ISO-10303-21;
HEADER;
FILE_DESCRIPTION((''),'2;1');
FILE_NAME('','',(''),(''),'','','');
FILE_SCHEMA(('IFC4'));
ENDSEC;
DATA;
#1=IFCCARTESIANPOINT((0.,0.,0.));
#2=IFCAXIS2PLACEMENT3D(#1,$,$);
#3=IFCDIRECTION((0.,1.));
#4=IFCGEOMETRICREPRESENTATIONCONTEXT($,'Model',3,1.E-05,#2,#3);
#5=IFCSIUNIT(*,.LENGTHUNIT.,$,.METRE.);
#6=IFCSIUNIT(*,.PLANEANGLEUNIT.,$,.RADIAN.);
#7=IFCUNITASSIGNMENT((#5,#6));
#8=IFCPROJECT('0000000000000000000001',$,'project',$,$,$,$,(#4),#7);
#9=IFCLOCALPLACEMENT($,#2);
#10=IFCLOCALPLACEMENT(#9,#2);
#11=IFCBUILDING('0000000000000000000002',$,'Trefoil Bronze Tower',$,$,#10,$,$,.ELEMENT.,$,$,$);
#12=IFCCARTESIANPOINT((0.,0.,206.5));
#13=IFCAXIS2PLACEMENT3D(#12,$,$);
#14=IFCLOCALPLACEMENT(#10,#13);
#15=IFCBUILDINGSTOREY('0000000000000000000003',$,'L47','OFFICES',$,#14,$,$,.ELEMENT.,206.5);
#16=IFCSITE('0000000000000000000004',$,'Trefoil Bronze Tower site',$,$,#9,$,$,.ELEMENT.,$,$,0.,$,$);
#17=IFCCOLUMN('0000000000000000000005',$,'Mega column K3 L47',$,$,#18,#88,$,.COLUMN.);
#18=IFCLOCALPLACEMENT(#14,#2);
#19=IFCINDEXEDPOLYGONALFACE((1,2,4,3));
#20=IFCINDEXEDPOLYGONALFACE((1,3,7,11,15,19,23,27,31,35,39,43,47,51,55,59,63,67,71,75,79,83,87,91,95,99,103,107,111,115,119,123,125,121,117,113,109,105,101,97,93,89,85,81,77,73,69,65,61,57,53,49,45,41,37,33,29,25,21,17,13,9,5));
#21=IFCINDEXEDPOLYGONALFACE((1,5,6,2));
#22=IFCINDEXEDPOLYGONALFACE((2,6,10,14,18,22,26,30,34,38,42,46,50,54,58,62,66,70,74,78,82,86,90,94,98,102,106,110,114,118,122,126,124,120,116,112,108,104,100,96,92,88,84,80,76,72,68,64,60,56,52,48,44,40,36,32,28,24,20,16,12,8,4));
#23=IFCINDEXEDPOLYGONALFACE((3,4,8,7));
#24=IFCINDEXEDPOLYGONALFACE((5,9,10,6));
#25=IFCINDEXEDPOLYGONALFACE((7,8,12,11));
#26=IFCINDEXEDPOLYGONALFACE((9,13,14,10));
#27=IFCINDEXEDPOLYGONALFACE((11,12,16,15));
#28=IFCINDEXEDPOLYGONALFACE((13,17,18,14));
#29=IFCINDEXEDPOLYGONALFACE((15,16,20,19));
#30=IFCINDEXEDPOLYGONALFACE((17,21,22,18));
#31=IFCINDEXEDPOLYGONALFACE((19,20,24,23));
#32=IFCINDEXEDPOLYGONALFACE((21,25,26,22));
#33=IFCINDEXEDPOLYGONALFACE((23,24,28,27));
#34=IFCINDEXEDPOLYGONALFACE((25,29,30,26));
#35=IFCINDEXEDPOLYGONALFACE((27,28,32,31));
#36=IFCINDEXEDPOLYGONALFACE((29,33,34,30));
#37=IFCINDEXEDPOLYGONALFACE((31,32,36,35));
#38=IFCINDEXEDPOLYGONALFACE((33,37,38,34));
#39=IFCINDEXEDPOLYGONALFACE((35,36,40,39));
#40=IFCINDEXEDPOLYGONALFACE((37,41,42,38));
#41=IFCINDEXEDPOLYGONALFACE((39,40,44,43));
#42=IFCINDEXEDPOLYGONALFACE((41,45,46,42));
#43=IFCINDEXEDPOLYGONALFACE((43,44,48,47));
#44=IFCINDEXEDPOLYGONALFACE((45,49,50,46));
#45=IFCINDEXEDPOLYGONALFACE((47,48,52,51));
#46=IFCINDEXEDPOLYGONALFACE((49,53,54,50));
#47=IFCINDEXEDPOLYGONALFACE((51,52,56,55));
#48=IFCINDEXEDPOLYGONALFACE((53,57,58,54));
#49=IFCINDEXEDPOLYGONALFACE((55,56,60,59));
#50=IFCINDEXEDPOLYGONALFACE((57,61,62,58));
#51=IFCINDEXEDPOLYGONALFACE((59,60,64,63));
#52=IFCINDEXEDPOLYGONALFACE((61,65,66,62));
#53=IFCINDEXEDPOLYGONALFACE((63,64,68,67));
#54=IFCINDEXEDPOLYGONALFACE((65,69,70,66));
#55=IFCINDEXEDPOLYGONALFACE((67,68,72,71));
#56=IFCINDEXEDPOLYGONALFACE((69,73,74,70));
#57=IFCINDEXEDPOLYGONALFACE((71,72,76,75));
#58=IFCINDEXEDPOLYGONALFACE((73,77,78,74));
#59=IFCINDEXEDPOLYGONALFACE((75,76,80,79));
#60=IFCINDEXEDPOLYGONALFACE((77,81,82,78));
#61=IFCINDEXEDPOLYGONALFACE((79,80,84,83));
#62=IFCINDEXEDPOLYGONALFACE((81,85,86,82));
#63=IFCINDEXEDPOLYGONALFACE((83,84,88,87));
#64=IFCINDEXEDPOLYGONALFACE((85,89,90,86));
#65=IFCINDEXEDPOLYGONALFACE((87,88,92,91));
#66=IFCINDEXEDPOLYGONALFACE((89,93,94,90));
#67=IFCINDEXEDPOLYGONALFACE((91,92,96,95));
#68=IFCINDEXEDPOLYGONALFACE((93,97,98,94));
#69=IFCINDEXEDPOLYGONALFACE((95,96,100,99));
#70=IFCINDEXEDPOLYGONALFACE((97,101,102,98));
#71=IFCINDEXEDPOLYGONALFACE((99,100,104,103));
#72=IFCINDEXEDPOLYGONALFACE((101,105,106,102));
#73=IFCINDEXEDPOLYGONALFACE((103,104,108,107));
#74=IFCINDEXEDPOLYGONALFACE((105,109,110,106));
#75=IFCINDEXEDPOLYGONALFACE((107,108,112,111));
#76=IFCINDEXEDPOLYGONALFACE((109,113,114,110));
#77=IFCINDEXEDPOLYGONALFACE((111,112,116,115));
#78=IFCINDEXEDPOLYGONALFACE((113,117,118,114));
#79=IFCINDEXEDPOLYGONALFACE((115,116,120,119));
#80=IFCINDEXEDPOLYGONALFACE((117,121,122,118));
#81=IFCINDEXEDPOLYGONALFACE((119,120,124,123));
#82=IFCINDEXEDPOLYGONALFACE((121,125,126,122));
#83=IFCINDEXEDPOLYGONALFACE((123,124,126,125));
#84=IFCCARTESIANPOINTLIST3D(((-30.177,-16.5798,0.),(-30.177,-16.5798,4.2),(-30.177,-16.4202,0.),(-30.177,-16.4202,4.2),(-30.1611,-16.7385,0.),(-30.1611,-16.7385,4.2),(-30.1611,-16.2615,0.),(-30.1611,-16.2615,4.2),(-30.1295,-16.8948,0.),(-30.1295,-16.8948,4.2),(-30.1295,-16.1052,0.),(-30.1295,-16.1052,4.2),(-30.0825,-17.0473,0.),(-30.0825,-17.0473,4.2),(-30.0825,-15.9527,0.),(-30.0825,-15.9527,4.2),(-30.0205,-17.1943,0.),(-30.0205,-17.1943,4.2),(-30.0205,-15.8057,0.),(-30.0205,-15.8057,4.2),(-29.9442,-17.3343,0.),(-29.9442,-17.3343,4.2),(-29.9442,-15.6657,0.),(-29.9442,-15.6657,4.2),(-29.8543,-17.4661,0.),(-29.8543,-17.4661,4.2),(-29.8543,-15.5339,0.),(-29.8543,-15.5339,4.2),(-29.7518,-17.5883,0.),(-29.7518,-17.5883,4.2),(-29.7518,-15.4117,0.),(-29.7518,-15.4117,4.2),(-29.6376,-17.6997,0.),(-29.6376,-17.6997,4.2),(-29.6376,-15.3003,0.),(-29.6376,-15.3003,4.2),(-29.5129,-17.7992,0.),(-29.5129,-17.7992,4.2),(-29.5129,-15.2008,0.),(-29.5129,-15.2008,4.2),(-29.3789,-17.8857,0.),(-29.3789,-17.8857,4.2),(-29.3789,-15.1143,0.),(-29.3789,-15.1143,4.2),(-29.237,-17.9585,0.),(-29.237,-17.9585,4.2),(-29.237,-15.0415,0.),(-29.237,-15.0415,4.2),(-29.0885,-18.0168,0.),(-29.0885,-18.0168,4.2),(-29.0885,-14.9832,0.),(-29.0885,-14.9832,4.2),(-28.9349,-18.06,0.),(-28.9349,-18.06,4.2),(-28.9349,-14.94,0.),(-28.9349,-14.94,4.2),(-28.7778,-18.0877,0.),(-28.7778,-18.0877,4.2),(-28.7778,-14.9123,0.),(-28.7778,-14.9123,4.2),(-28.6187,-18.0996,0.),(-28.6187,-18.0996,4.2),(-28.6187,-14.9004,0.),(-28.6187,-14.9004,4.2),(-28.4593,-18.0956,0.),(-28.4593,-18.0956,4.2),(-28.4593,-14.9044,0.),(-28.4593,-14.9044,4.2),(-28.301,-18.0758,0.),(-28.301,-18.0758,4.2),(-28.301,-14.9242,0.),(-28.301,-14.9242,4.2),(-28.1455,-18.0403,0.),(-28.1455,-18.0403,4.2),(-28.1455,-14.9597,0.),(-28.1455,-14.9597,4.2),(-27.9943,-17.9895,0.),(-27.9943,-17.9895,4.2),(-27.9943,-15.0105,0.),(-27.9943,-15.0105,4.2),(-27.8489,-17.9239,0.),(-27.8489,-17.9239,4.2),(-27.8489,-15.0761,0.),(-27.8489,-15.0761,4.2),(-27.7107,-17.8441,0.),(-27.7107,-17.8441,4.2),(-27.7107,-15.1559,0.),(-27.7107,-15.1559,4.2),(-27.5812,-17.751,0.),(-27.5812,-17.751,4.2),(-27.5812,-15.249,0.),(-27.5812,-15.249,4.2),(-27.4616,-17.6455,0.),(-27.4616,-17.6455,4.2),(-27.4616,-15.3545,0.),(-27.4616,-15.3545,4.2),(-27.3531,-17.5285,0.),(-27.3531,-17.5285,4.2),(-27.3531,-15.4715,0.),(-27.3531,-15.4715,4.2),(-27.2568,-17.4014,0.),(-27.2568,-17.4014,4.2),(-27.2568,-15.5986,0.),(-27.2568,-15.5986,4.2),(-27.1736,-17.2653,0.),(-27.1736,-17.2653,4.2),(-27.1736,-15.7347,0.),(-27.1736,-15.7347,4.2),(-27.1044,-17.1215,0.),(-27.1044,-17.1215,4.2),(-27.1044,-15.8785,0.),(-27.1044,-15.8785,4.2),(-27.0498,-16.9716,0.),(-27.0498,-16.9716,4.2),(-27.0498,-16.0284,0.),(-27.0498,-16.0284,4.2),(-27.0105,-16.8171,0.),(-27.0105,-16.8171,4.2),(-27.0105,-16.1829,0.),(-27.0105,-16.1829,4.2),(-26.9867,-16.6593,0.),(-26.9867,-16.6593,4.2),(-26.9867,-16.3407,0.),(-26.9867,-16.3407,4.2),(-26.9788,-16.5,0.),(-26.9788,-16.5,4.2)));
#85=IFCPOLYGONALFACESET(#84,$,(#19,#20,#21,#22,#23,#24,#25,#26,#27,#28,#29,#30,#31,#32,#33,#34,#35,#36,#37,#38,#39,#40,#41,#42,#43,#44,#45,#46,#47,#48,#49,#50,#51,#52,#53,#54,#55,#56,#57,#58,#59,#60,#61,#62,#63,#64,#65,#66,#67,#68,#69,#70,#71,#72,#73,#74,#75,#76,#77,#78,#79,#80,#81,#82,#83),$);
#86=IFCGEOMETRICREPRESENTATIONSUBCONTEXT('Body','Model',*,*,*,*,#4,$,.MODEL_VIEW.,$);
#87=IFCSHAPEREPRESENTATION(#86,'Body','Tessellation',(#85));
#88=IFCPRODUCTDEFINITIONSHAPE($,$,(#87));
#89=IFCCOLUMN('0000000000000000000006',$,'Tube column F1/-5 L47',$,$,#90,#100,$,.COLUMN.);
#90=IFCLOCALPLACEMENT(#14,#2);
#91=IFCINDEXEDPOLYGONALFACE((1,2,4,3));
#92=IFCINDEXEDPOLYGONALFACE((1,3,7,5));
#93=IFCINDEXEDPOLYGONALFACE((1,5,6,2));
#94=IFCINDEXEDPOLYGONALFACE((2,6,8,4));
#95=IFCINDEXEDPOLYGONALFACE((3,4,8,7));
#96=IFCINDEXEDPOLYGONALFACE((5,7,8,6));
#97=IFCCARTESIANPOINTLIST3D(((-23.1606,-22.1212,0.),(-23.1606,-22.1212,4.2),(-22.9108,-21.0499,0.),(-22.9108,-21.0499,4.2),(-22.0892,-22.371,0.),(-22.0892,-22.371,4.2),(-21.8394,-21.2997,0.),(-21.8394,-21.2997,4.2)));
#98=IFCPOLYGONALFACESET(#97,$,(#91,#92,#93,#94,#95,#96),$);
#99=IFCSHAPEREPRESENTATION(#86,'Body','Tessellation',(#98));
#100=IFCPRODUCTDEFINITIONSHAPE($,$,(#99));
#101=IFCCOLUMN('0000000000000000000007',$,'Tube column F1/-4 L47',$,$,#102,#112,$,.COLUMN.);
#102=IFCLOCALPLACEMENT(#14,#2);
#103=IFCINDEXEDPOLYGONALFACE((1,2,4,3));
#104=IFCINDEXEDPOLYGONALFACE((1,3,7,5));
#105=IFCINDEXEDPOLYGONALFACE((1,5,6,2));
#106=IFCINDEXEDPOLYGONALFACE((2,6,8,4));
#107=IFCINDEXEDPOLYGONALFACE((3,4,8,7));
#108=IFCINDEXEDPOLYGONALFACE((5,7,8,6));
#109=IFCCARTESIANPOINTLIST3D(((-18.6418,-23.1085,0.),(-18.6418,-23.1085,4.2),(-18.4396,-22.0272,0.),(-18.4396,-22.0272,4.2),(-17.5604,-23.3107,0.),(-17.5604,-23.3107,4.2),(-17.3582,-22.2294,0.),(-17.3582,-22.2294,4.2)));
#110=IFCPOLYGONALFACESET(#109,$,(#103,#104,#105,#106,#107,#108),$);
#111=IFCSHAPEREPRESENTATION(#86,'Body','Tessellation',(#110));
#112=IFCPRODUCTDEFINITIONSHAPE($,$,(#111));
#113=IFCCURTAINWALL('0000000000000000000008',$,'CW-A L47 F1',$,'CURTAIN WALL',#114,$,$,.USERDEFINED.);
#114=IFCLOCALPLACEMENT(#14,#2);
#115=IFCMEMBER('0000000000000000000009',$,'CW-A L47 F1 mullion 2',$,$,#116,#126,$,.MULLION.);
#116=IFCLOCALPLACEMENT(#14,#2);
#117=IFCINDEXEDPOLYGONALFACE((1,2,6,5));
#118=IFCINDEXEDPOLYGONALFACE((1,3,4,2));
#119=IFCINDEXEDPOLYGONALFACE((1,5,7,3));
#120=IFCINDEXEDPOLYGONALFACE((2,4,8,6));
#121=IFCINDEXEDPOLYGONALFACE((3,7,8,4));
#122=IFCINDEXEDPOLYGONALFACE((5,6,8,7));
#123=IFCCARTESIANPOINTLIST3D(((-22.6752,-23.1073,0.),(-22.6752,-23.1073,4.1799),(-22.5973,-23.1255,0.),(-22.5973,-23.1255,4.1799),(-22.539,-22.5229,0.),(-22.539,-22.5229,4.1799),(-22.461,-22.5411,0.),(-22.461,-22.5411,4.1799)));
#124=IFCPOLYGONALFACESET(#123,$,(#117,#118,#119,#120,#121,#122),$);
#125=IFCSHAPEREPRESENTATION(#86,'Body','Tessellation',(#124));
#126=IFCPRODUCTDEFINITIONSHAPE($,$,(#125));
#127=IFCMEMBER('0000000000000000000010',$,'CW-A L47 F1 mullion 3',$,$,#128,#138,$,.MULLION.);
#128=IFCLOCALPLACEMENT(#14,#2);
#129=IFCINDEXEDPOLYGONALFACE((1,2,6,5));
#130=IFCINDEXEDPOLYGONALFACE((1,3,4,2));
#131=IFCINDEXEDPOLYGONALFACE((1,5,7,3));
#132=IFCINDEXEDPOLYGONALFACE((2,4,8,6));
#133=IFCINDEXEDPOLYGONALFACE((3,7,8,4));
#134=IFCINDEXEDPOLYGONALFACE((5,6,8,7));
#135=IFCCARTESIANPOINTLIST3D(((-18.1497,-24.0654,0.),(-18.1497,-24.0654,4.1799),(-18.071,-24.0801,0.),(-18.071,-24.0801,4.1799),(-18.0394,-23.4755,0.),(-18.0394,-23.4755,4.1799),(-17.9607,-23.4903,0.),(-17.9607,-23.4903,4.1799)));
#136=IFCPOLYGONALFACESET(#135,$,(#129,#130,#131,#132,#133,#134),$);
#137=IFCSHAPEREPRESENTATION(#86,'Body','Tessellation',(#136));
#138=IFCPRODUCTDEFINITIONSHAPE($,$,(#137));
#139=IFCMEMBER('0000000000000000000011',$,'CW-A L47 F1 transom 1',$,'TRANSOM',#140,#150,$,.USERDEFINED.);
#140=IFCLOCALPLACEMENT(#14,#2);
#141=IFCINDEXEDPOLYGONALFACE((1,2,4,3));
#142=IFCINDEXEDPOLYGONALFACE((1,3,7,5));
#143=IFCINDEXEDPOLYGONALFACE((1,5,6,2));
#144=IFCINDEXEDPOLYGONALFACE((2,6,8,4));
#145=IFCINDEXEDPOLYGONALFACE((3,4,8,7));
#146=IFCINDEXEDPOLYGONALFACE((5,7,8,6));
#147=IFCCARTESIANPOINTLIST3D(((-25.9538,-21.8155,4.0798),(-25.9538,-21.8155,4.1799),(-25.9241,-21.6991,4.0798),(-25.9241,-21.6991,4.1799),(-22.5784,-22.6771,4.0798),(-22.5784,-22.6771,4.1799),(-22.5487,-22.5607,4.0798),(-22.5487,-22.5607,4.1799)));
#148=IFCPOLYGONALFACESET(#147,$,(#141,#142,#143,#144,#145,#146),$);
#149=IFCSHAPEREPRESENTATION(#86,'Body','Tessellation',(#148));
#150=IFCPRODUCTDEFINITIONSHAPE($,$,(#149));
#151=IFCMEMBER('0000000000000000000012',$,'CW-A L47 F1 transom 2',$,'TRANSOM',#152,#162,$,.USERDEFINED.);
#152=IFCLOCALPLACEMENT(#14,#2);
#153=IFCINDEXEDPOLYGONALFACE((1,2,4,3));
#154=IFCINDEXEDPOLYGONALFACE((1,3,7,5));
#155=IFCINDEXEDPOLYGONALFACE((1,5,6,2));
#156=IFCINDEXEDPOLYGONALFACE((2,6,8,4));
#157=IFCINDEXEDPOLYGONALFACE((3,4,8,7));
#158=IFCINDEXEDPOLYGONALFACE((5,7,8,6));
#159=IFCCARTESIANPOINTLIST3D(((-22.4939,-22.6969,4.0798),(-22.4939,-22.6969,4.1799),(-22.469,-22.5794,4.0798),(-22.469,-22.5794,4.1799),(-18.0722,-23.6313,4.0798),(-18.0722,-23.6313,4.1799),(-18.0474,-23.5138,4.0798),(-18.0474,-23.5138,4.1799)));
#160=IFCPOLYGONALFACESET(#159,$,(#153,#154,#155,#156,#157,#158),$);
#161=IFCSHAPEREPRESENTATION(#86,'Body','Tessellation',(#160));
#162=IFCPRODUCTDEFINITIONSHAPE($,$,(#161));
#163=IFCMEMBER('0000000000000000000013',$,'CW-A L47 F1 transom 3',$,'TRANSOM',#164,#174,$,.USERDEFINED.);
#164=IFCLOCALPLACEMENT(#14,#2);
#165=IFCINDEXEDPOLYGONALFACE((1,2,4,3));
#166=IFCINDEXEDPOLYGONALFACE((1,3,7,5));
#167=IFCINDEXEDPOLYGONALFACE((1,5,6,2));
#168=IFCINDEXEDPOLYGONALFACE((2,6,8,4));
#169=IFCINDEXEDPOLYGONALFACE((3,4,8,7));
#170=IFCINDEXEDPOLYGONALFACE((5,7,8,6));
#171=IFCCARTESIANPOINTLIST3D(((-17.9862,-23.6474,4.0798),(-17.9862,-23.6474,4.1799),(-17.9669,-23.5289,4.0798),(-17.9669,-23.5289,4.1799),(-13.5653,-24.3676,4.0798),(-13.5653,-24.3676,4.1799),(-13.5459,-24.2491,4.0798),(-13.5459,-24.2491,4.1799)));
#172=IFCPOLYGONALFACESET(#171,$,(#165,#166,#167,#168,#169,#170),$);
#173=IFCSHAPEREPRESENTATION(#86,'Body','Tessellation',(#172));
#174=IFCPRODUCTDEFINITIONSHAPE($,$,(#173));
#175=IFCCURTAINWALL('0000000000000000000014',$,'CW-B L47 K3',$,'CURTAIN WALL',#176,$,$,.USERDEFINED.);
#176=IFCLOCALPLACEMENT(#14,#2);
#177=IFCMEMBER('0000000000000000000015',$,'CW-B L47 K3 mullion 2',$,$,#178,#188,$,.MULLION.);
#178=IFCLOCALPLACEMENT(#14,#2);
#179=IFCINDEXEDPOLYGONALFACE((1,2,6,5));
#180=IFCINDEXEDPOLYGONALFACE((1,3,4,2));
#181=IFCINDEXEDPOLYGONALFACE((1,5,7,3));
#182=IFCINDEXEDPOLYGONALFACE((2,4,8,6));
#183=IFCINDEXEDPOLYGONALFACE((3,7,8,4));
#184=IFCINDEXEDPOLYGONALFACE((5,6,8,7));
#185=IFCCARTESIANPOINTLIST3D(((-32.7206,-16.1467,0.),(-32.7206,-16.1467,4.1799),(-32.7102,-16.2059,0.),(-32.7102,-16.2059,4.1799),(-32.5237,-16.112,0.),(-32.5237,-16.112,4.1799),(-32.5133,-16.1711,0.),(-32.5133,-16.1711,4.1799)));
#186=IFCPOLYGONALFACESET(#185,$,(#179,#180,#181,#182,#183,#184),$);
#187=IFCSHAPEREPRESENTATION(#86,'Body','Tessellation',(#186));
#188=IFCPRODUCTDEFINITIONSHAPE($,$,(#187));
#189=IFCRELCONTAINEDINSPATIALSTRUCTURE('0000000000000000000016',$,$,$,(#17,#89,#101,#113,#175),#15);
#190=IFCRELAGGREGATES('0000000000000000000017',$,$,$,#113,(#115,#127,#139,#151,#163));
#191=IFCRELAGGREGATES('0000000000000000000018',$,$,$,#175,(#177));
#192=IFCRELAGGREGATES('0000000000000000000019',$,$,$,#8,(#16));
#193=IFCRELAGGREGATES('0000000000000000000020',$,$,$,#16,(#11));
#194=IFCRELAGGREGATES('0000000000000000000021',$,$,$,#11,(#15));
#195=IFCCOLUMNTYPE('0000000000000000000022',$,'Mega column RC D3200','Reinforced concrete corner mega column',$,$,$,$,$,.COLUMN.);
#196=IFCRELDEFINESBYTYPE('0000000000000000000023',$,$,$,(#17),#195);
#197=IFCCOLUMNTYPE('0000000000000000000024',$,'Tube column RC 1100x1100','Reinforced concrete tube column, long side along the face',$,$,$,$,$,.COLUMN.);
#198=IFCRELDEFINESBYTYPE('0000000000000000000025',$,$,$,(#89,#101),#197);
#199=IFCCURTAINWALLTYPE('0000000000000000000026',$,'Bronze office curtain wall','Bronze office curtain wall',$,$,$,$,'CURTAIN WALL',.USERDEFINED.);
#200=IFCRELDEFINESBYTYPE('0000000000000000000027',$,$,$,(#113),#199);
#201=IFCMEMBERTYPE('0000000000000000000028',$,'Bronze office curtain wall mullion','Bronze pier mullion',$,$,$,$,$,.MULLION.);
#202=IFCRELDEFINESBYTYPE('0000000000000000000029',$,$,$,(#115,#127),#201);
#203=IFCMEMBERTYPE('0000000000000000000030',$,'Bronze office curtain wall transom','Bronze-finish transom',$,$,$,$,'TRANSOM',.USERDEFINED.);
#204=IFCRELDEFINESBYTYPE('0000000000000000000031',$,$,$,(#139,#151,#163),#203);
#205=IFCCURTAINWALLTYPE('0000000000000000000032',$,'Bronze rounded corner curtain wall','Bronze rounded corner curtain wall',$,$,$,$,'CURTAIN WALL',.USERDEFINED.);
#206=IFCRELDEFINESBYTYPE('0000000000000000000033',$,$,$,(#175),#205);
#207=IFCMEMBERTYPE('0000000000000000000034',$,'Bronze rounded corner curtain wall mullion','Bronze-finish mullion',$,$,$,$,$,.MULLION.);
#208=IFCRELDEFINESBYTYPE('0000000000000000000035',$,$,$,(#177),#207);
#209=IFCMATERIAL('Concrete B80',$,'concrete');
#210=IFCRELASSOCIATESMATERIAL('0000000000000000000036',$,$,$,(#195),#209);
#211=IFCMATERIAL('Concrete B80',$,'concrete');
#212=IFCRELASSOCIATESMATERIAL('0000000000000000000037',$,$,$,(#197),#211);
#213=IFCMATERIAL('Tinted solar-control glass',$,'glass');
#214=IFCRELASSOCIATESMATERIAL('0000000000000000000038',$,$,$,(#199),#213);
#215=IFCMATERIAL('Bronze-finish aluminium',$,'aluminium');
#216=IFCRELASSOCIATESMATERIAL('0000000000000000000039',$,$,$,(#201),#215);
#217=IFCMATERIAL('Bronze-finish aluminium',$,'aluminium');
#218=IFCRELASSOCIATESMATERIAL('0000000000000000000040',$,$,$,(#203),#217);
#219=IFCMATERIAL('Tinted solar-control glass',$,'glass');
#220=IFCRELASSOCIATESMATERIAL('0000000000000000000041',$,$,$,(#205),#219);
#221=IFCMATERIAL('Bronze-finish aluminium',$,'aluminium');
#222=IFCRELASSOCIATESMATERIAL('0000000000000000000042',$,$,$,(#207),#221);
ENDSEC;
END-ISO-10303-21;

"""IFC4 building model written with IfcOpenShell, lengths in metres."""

from ifc_helpers import new_model, si_unit, direction, frame, origin, origin_2d, place, context, subcontext, project, spatial, rectangle, circle, extrude, material, material_profile, profile_set, type_object, element, aggregate, save


model = new_model("IFC4")

# Units and contexts
model_context = context("Model", 3, precision=1e-05, world=origin(), true_north=direction((0.0, 1.0)))
body_context = subcontext(model_context, "Body", "Model", "MODEL_VIEW")
ifc_project = project(units=[si_unit("LENGTHUNIT", "METRE"), si_unit("PLANEANGLEUNIT", "RADIAN")], contexts=[model_context])

# Site, building, storey
site_placement = place(None, origin())
site = spatial("IfcSite", under=ifc_project, at=site_placement, Name="Trefoil Bronze Tower site", CompositionType="ELEMENT", RefElevation=0.0)
building_placement = place(site_placement, origin())
building = spatial("IfcBuilding", under=site, at=building_placement, Name="Trefoil Bronze Tower", CompositionType="ELEMENT")
storey_placement = place(building_placement, frame((0.0, 0.0, 206.5)))
storey = spatial("IfcBuildingStorey", under=building, at=storey_placement, Name="L47", Description="OFFICES", CompositionType="ELEMENT", Elevation=206.5)

# Columns
ifc_material_1 = material(Name="Concrete B80", Category="concrete")
ifc_material_profile_1 = material_profile(ifc_material_1, circle(Radius=1.6001, at=origin_2d()), Name="RC D3200")
ifc_profile_set_1 = profile_set([ifc_material_profile_1], Name="Concrete B80")
column_type_1 = type_object("IfcColumnType", Name="Mega column RC D3200", Description="Reinforced concrete corner mega column", PredefinedType="COLUMN", material=ifc_profile_set_1)
column_placement = place(storey_placement, frame((-28.5789, -16.5, 0.0), z_axis=(0.0, 0.0, 1.0), x_axis=(1.0, 0.0, 0.0)))
element("IfcColumn", 1, at=column_placement, inside=storey, type_object=column_type_1, Name="Mega column K3 L47", PredefinedType="COLUMN", context=body_context, shape_type="SweptSolid", body=[
    extrude(circle(Radius=1.6001, at=origin_2d()), origin(), (0.0, 0.0, 1.0), 4.2),
])
ifc_material_2 = material(Name="Concrete B80", Category="concrete")
ifc_material_profile_2 = material_profile(ifc_material_2, rectangle(XDim=1.1001, YDim=1.1001, at=origin_2d()), Name="RC 1100x1100")
ifc_profile_set_2 = profile_set([ifc_material_profile_2], Name="Concrete B80")
column_type_2 = type_object("IfcColumnType", Name="Tube column RC 1100x1100", Description="Reinforced concrete tube column, long side along the face", PredefinedType="COLUMN", material=ifc_profile_set_2)
for number, where, z_axis, x_axis, name in (
    (2, (-22.5, -21.7104, 0.0), (0.0, 0.0, 1.0), (0.973875, -0.227083, 0.0), "Tube column F1/-5 L47"),
    (3, (-18.0, -22.6689, 0.0), (0.0, 0.0, 1.0), (0.982959, -0.183825, 0.0), "Tube column F1/-4 L47"),
):
    element("IfcColumn", number, at=place(storey_placement, frame(where, z_axis=z_axis, x_axis=x_axis)), inside=storey, type_object=column_type_2, Name=name, PredefinedType="COLUMN", context=body_context, shape_type="SweptSolid", body=[
        extrude(rectangle(XDim=1.1001, YDim=1.1001, at=origin_2d()), origin(), (0.0, 0.0, 1.0), 4.2),
    ])

# Curtain walls, members
ifc_material_3 = material(Name="Tinted solar-control glass", Category="glass")
curtain_wall_type_1 = type_object("IfcCurtainWallType", Name="Bronze office curtain wall", Description="Bronze office curtain wall", ElementType="CURTAIN WALL", PredefinedType="USERDEFINED", material=ifc_material_3)
curtain_wall_1_placement = place(storey_placement, origin())
curtain_wall_1 = element("IfcCurtainWall", 4, at=curtain_wall_1_placement, inside=storey, type_object=curtain_wall_type_1, Name="CW-A L47 F1", ObjectType="CURTAIN WALL", PredefinedType="USERDEFINED")
ifc_material_4 = material(Name="Bronze-finish aluminium", Category="aluminium")
ifc_material_profile_3 = material_profile(ifc_material_4, rectangle(XDim=0.6001, YDim=0.0801, at=origin_2d()), Name="CW-A mullion")
ifc_profile_set_3 = profile_set([ifc_material_profile_3], Name="Bronze-finish aluminium")
member_type_1 = type_object("IfcMemberType", Name="Bronze office curtain wall mullion", Description="Bronze pier mullion", PredefinedType="MULLION", material=ifc_profile_set_3)
member_1_placement = place(storey_placement, frame((-22.5681, -22.8242, 0.0), z_axis=(0.0, 0.0, 1.0), x_axis=(0.227083, 0.973875, 0.0)))
member_1 = element("IfcMember", 5, at=member_1_placement, type_object=member_type_1, Name="CW-A L47 F1 mullion 2", PredefinedType="MULLION", context=body_context, shape_type="SweptSolid", body=[
    extrude(rectangle(XDim=0.6001, YDim=0.0801, at=origin_2d()), origin(), (0.0, 0.0, 1.0), 4.1799),
])
member_2_placement = place(storey_placement, frame((-18.0552, -23.7778, 0.0), z_axis=(0.0, 0.0, 1.0), x_axis=(0.183825, 0.982959, 0.0)))
member_2 = element("IfcMember", 6, at=member_2_placement, type_object=member_type_1, Name="CW-A L47 F1 mullion 3", PredefinedType="MULLION", context=body_context, shape_type="SweptSolid", body=[
    extrude(rectangle(XDim=0.6001, YDim=0.0801, at=origin_2d()), origin(), (0.0, 0.0, 1.0), 4.1799),
])
ifc_material_5 = material(Name="Bronze-finish aluminium", Category="aluminium")
ifc_material_profile_4 = material_profile(ifc_material_5, rectangle(XDim=0.1201, YDim=0.1001, at=origin_2d()), Name="CW-A transom")
ifc_profile_set_4 = profile_set([ifc_material_profile_4], Name="Bronze-finish aluminium")
member_type_2 = type_object("IfcMemberType", Name="Bronze office curtain wall transom", Description="Bronze-finish transom", ElementType="TRANSOM", PredefinedType="USERDEFINED", material=ifc_profile_set_4)
member_3_placement = place(storey_placement, frame((-25.939, -21.7573, 4.1299), z_axis=(0.968935, -0.247315, 0.0), x_axis=(0.247315, 0.968935, 0.0)))
member_3 = element("IfcMember", 7, at=member_3_placement, type_object=member_type_2, Name="CW-A L47 F1 transom 1", ObjectType="TRANSOM", PredefinedType="USERDEFINED", context=body_context, shape_type="SweptSolid", body=[
    extrude(rectangle(XDim=0.1201, YDim=0.1001, at=origin_2d()), origin(), (0.0, 0.0, 1.0), 3.4836),
])
member_4_placement = place(storey_placement, frame((-22.4814, -22.6382, 4.1299), z_axis=(0.978395, -0.206743, 0.0), x_axis=(0.206743, 0.978395, 0.0)))
member_4 = element("IfcMember", 8, at=member_4_placement, type_object=member_type_2, Name="CW-A L47 F1 transom 2", ObjectType="TRANSOM", PredefinedType="USERDEFINED", context=body_context, shape_type="SweptSolid", body=[
    extrude(rectangle(XDim=0.1201, YDim=0.1001, at=origin_2d()), origin(), (0.0, 0.0, 1.0), 4.5193),
])
member_5_placement = place(storey_placement, frame((-17.9766, -23.5881, 4.1299), z_axis=(0.986988, -0.160792, 0.0), x_axis=(0.160792, 0.986988, 0.0)))
member_5 = element("IfcMember", 9, at=member_5_placement, type_object=member_type_2, Name="CW-A L47 F1 transom 3", ObjectType="TRANSOM", PredefinedType="USERDEFINED", context=body_context, shape_type="SweptSolid", body=[
    extrude(rectangle(XDim=0.1201, YDim=0.1001, at=origin_2d()), origin(), (0.0, 0.0, 1.0), 4.4792),
])
ifc_material_6 = material(Name="Tinted solar-control glass", Category="glass")
curtain_wall_type_2 = type_object("IfcCurtainWallType", Name="Bronze rounded corner curtain wall", Description="Bronze rounded corner curtain wall", ElementType="CURTAIN WALL", PredefinedType="USERDEFINED", material=ifc_material_6)
curtain_wall_2_placement = place(storey_placement, origin())
curtain_wall_2 = element("IfcCurtainWall", 10, at=curtain_wall_2_placement, inside=storey, type_object=curtain_wall_type_2, Name="CW-B L47 K3", ObjectType="CURTAIN WALL", PredefinedType="USERDEFINED")
ifc_material_7 = material(Name="Bronze-finish aluminium", Category="aluminium")
ifc_material_profile_5 = material_profile(ifc_material_7, rectangle(XDim=0.2, YDim=0.0601, at=origin_2d()), Name="CW-B mullion")
ifc_profile_set_5 = profile_set([ifc_material_profile_5], Name="Bronze-finish aluminium")
member_type_3 = type_object("IfcMemberType", Name="Bronze rounded corner curtain wall mullion", Description="Bronze-finish mullion", PredefinedType="MULLION", material=ifc_profile_set_5)
member_6_placement = place(storey_placement, frame((-32.6169, -16.1589, 0.0), z_axis=(0.0, 0.0, 1.0), x_axis=(0.984808, 0.173648, 0.0)))
member_6 = element("IfcMember", 11, at=member_6_placement, type_object=member_type_3, Name="CW-B L47 K3 mullion 2", PredefinedType="MULLION", context=body_context, shape_type="SweptSolid", body=[
    extrude(rectangle(XDim=0.2, YDim=0.0601, at=origin_2d()), origin(), (0.0, 0.0, 1.0), 4.1799),
])

aggregate(curtain_wall_1, [member_1, member_2, member_3, member_4, member_5])
aggregate(curtain_wall_2, [member_6])

save(model, "model.ifc")
